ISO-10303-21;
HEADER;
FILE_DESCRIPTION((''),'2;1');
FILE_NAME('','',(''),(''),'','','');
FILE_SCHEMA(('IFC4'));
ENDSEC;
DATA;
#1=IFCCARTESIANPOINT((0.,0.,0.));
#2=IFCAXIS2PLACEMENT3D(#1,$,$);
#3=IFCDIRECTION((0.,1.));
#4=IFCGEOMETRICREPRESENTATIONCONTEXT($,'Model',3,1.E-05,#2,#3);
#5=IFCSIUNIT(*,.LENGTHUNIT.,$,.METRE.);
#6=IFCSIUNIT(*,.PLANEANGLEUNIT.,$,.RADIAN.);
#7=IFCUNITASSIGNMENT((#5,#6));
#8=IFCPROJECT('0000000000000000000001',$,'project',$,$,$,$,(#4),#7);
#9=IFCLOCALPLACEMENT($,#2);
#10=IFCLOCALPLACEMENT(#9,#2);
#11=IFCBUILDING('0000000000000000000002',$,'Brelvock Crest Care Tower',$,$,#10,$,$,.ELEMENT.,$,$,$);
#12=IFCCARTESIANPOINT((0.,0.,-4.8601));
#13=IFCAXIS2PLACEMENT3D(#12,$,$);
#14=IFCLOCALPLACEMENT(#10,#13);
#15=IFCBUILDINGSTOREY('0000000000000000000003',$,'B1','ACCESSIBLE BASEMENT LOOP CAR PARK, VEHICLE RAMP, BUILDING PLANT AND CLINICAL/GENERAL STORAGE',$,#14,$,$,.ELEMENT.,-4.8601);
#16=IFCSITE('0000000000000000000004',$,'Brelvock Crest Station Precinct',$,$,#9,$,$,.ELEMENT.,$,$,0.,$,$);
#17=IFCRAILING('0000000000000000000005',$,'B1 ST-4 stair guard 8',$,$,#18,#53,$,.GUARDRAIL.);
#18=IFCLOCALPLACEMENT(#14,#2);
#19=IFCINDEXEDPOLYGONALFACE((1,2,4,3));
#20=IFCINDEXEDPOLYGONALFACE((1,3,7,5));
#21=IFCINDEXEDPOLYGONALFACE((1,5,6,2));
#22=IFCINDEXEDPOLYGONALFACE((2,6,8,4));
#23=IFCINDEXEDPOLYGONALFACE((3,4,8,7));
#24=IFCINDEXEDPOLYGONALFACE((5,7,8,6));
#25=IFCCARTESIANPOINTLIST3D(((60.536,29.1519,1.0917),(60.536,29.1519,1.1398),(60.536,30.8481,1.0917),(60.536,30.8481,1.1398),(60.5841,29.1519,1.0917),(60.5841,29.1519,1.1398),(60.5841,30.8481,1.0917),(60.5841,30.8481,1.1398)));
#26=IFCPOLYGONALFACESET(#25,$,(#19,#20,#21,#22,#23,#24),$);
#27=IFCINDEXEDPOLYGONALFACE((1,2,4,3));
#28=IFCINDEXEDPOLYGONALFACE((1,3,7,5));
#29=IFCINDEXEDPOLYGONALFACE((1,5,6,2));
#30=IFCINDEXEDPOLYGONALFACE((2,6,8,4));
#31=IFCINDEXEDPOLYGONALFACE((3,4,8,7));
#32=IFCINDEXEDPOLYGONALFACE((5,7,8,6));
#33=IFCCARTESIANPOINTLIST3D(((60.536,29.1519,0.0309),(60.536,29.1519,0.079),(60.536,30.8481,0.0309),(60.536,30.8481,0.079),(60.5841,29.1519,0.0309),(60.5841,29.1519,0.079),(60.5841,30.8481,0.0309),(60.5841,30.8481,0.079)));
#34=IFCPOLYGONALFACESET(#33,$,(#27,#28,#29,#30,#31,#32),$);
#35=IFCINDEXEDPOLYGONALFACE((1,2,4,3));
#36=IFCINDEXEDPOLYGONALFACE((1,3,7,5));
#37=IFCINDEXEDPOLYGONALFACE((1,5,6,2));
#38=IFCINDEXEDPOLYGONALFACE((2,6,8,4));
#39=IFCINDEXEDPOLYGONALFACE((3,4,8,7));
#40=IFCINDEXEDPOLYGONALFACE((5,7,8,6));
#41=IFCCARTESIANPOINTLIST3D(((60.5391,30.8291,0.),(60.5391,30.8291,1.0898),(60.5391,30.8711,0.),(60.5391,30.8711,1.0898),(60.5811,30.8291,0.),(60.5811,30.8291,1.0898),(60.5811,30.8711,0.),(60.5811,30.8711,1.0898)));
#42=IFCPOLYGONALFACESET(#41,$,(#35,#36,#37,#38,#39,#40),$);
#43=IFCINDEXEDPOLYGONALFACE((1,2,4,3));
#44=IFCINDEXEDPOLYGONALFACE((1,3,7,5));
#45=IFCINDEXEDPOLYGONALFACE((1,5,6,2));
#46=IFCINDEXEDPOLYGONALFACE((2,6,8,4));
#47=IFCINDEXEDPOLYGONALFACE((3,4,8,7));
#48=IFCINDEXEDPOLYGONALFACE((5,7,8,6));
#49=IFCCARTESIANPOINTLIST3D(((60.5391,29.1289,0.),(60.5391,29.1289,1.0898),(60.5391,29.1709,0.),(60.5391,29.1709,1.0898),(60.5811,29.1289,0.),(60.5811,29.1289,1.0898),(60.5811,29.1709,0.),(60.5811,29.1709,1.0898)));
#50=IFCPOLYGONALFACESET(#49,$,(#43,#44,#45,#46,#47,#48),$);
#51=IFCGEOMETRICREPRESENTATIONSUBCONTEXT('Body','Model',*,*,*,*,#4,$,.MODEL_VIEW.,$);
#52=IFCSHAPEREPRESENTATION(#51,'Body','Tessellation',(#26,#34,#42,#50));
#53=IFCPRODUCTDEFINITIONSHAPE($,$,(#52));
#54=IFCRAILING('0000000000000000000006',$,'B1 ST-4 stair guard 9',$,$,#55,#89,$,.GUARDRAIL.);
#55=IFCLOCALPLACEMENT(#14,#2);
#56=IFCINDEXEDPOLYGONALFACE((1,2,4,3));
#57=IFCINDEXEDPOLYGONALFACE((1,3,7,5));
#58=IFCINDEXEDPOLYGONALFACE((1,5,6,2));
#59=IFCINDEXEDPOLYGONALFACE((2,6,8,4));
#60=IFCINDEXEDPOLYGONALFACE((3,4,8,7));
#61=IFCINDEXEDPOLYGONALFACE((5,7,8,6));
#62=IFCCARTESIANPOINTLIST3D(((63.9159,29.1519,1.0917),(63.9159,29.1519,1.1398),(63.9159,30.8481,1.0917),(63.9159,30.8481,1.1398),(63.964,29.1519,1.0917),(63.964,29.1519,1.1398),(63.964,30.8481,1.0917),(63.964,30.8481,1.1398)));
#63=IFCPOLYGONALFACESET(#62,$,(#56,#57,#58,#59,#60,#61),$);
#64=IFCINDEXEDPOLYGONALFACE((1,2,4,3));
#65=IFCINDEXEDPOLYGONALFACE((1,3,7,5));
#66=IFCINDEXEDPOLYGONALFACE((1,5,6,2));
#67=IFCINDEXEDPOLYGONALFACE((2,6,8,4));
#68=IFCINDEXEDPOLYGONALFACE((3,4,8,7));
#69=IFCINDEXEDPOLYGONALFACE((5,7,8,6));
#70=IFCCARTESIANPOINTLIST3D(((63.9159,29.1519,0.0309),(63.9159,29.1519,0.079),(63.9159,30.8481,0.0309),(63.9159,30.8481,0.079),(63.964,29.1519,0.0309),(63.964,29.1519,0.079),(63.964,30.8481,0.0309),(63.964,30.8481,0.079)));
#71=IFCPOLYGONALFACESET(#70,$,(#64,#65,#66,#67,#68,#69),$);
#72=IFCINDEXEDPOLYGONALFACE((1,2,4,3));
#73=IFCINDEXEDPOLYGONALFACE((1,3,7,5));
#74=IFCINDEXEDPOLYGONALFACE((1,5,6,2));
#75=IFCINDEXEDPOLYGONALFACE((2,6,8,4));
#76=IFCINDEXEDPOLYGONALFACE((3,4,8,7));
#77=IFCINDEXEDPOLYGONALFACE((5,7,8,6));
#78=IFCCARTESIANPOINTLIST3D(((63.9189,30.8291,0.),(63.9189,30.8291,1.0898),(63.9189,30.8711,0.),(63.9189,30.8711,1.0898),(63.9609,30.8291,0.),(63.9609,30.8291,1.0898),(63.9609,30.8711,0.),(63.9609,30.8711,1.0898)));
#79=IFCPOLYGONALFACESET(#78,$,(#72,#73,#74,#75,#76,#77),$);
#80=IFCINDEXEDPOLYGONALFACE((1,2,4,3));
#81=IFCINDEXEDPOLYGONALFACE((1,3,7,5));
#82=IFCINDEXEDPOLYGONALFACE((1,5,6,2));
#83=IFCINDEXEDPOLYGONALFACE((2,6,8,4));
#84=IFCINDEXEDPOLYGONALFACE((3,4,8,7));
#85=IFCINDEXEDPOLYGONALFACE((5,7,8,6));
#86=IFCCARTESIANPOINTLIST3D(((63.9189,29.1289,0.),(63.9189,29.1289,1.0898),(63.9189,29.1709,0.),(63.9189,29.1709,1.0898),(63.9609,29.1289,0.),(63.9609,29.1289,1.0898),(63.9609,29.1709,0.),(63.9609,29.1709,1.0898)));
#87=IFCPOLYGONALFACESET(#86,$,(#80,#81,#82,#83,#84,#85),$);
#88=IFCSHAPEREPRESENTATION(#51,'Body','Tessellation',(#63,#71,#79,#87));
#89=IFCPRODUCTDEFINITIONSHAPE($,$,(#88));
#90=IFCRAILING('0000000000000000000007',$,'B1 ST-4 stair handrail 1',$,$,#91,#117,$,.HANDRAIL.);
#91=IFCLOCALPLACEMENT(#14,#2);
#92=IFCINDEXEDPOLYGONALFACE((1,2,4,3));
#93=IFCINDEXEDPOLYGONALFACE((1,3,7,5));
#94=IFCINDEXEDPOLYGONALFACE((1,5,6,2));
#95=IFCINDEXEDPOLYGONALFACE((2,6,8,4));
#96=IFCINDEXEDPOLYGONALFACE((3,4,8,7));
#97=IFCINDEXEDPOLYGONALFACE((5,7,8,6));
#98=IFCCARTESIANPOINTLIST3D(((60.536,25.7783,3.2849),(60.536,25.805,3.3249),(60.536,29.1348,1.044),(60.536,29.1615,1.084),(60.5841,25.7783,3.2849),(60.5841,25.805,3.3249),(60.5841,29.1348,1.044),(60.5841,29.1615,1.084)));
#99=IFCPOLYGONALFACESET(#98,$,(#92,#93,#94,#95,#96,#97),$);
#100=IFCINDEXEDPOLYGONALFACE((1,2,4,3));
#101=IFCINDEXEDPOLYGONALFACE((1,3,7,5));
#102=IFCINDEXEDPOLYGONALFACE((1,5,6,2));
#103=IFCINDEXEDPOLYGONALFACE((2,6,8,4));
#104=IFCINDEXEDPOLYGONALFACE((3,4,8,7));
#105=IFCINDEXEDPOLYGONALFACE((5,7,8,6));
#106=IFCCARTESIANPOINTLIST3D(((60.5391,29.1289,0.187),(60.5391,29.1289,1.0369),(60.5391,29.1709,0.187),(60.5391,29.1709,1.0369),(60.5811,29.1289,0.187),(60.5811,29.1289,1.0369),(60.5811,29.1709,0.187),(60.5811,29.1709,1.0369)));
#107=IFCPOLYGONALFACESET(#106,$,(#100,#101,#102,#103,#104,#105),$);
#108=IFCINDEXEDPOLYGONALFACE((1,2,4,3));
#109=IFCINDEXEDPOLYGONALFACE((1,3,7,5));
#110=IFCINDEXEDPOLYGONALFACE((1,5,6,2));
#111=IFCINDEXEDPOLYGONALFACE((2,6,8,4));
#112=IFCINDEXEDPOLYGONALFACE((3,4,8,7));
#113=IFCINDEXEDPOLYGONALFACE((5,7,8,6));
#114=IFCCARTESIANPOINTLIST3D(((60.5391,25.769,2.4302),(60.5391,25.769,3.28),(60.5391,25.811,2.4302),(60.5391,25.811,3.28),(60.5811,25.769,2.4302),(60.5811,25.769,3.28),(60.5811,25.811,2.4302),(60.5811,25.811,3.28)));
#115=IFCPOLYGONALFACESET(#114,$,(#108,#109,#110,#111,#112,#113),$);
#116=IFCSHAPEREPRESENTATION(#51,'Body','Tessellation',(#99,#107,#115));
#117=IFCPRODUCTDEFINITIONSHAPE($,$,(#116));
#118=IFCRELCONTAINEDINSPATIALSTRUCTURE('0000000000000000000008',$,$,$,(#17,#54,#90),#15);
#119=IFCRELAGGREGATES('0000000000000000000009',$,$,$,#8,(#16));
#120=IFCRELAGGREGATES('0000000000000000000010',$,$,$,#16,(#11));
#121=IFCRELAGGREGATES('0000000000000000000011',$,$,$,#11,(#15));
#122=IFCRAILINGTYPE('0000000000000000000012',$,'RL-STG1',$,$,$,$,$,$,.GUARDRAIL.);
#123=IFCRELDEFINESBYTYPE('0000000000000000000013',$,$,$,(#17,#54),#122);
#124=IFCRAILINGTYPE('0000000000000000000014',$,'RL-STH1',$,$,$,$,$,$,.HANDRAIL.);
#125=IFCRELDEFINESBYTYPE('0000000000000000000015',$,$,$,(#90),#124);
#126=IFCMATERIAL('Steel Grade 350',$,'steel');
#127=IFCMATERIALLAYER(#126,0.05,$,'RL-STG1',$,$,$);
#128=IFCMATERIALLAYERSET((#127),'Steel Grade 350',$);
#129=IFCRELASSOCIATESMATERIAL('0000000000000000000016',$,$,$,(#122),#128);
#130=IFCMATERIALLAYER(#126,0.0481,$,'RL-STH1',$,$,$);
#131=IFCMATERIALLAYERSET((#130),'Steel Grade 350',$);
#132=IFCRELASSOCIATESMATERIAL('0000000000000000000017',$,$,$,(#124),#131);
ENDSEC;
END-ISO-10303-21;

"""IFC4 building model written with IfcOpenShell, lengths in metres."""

from ifc_helpers import new_model, si_unit, direction, frame, origin, origin_2d, place, context, subcontext, project, spatial, rectangle, extrude, material, layer, layer_set, type_object, element, save


model = new_model("IFC4")

# Units and contexts
model_context = context("Model", 3, precision=1e-05, world=origin(), true_north=direction((0.0, 1.0)))
body_context = subcontext(model_context, "Body", "Model", "MODEL_VIEW")
ifc_project = project(units=[si_unit("LENGTHUNIT", "METRE"), si_unit("PLANEANGLEUNIT", "RADIAN")], contexts=[model_context])

# Site, building, storey
site_placement = place(None, origin())
site = spatial("IfcSite", under=ifc_project, at=site_placement, Name="Brelvock Crest Station Precinct", CompositionType="ELEMENT", RefElevation=0.0)
building_placement = place(site_placement, origin())
building = spatial("IfcBuilding", under=site, at=building_placement, Name="Brelvock Crest Care Tower", CompositionType="ELEMENT")
storey_placement = place(building_placement, frame((0.0, 0.0, -4.8601)))
storey = spatial("IfcBuildingStorey", under=building, at=storey_placement, Name="B1", Description="ACCESSIBLE BASEMENT LOOP CAR PARK, VEHICLE RAMP, BUILDING PLANT AND CLINICAL/GENERAL STORAGE", CompositionType="ELEMENT", Elevation=-4.8601)

# Shared definitions
ifc_material_1 = material(Name="Steel Grade 350", Category="steel")

# Railings
ifc_layer_1 = layer(ifc_material_1, 0.05, Name="RL-STG1")
ifc_layer_set_1 = layer_set([ifc_layer_1], Name="Steel Grade 350")
railing_type_1 = type_object("IfcRailingType", Name="RL-STG1", PredefinedType="GUARDRAIL", material=ifc_layer_set_1)
for number, where, name in (
    (1, (60.5601, 30.8501, 0.0), "B1 ST-4 stair guard 8"),
    (2, (63.9399, 30.8501, 0.0), "B1 ST-4 stair guard 9"),
):
    element("IfcRailing", number, at=place(storey_placement, frame(where)), inside=storey, type_object=railing_type_1, Name=name, PredefinedType="GUARDRAIL", context=body_context, shape_type="SweptSolid", body=[
        extrude(rectangle(XDim=0.0481, YDim=0.0481, at=origin_2d()), frame((0.0, -0.002, 1.1157), z_axis=(0.0, -1.0, 0.0), x_axis=(1.0, 0.0, 0.0)), (0.0, 0.0, 1.0), 1.6963),
        extrude(rectangle(XDim=0.0481, YDim=0.0481, at=origin_2d()), frame((0.0, -0.002, 0.0549), z_axis=(0.0, -1.0, 0.0), x_axis=(1.0, 0.0, 0.0)), (0.0, 0.0, 1.0), 1.6963),
        extrude(rectangle(XDim=0.042, YDim=0.042, at=origin_2d()), origin(), (0.0, 0.0, 1.0), 1.0898),
        extrude(rectangle(XDim=0.042, YDim=0.042, at=origin_2d()), frame((0.0, -1.7002, 0.0)), (0.0, 0.0, 1.0), 1.0898),
    ])
ifc_layer_2 = layer(ifc_material_1, 0.0481, Name="RL-STH1")
ifc_layer_set_2 = layer_set([ifc_layer_2], Name="Steel Grade 350")
railing_type_2 = type_object("IfcRailingType", Name="RL-STH1", PredefinedType="HANDRAIL", material=ifc_layer_set_2)
railing_1_placement = place(storey_placement, frame((60.5601, 29.1499, 0.187)))
element("IfcRailing", 3, at=railing_1_placement, inside=storey, type_object=railing_type_2, Name="B1 ST-4 stair handrail 1", PredefinedType="HANDRAIL", context=body_context, shape_type="SweptSolid", body=[
    extrude(rectangle(XDim=0.0481, YDim=0.0481, at=origin_2d()), frame((0.0, -0.0017, 0.877), z_axis=(0.0, -0.831678, 0.555258), x_axis=(1.0, 0.0, 0.0)), (0.0, 0.0, 1.0), 4.0359),
    extrude(rectangle(XDim=0.042, YDim=0.042, at=origin_2d()), origin(), (0.0, 0.0, 1.0), 0.8499),
    extrude(rectangle(XDim=0.042, YDim=0.042, at=origin_2d()), frame((0.0, -3.3599, 2.2432)), (0.0, 0.0, 1.0), 0.8499),
])

save(model, "model.ifc")
